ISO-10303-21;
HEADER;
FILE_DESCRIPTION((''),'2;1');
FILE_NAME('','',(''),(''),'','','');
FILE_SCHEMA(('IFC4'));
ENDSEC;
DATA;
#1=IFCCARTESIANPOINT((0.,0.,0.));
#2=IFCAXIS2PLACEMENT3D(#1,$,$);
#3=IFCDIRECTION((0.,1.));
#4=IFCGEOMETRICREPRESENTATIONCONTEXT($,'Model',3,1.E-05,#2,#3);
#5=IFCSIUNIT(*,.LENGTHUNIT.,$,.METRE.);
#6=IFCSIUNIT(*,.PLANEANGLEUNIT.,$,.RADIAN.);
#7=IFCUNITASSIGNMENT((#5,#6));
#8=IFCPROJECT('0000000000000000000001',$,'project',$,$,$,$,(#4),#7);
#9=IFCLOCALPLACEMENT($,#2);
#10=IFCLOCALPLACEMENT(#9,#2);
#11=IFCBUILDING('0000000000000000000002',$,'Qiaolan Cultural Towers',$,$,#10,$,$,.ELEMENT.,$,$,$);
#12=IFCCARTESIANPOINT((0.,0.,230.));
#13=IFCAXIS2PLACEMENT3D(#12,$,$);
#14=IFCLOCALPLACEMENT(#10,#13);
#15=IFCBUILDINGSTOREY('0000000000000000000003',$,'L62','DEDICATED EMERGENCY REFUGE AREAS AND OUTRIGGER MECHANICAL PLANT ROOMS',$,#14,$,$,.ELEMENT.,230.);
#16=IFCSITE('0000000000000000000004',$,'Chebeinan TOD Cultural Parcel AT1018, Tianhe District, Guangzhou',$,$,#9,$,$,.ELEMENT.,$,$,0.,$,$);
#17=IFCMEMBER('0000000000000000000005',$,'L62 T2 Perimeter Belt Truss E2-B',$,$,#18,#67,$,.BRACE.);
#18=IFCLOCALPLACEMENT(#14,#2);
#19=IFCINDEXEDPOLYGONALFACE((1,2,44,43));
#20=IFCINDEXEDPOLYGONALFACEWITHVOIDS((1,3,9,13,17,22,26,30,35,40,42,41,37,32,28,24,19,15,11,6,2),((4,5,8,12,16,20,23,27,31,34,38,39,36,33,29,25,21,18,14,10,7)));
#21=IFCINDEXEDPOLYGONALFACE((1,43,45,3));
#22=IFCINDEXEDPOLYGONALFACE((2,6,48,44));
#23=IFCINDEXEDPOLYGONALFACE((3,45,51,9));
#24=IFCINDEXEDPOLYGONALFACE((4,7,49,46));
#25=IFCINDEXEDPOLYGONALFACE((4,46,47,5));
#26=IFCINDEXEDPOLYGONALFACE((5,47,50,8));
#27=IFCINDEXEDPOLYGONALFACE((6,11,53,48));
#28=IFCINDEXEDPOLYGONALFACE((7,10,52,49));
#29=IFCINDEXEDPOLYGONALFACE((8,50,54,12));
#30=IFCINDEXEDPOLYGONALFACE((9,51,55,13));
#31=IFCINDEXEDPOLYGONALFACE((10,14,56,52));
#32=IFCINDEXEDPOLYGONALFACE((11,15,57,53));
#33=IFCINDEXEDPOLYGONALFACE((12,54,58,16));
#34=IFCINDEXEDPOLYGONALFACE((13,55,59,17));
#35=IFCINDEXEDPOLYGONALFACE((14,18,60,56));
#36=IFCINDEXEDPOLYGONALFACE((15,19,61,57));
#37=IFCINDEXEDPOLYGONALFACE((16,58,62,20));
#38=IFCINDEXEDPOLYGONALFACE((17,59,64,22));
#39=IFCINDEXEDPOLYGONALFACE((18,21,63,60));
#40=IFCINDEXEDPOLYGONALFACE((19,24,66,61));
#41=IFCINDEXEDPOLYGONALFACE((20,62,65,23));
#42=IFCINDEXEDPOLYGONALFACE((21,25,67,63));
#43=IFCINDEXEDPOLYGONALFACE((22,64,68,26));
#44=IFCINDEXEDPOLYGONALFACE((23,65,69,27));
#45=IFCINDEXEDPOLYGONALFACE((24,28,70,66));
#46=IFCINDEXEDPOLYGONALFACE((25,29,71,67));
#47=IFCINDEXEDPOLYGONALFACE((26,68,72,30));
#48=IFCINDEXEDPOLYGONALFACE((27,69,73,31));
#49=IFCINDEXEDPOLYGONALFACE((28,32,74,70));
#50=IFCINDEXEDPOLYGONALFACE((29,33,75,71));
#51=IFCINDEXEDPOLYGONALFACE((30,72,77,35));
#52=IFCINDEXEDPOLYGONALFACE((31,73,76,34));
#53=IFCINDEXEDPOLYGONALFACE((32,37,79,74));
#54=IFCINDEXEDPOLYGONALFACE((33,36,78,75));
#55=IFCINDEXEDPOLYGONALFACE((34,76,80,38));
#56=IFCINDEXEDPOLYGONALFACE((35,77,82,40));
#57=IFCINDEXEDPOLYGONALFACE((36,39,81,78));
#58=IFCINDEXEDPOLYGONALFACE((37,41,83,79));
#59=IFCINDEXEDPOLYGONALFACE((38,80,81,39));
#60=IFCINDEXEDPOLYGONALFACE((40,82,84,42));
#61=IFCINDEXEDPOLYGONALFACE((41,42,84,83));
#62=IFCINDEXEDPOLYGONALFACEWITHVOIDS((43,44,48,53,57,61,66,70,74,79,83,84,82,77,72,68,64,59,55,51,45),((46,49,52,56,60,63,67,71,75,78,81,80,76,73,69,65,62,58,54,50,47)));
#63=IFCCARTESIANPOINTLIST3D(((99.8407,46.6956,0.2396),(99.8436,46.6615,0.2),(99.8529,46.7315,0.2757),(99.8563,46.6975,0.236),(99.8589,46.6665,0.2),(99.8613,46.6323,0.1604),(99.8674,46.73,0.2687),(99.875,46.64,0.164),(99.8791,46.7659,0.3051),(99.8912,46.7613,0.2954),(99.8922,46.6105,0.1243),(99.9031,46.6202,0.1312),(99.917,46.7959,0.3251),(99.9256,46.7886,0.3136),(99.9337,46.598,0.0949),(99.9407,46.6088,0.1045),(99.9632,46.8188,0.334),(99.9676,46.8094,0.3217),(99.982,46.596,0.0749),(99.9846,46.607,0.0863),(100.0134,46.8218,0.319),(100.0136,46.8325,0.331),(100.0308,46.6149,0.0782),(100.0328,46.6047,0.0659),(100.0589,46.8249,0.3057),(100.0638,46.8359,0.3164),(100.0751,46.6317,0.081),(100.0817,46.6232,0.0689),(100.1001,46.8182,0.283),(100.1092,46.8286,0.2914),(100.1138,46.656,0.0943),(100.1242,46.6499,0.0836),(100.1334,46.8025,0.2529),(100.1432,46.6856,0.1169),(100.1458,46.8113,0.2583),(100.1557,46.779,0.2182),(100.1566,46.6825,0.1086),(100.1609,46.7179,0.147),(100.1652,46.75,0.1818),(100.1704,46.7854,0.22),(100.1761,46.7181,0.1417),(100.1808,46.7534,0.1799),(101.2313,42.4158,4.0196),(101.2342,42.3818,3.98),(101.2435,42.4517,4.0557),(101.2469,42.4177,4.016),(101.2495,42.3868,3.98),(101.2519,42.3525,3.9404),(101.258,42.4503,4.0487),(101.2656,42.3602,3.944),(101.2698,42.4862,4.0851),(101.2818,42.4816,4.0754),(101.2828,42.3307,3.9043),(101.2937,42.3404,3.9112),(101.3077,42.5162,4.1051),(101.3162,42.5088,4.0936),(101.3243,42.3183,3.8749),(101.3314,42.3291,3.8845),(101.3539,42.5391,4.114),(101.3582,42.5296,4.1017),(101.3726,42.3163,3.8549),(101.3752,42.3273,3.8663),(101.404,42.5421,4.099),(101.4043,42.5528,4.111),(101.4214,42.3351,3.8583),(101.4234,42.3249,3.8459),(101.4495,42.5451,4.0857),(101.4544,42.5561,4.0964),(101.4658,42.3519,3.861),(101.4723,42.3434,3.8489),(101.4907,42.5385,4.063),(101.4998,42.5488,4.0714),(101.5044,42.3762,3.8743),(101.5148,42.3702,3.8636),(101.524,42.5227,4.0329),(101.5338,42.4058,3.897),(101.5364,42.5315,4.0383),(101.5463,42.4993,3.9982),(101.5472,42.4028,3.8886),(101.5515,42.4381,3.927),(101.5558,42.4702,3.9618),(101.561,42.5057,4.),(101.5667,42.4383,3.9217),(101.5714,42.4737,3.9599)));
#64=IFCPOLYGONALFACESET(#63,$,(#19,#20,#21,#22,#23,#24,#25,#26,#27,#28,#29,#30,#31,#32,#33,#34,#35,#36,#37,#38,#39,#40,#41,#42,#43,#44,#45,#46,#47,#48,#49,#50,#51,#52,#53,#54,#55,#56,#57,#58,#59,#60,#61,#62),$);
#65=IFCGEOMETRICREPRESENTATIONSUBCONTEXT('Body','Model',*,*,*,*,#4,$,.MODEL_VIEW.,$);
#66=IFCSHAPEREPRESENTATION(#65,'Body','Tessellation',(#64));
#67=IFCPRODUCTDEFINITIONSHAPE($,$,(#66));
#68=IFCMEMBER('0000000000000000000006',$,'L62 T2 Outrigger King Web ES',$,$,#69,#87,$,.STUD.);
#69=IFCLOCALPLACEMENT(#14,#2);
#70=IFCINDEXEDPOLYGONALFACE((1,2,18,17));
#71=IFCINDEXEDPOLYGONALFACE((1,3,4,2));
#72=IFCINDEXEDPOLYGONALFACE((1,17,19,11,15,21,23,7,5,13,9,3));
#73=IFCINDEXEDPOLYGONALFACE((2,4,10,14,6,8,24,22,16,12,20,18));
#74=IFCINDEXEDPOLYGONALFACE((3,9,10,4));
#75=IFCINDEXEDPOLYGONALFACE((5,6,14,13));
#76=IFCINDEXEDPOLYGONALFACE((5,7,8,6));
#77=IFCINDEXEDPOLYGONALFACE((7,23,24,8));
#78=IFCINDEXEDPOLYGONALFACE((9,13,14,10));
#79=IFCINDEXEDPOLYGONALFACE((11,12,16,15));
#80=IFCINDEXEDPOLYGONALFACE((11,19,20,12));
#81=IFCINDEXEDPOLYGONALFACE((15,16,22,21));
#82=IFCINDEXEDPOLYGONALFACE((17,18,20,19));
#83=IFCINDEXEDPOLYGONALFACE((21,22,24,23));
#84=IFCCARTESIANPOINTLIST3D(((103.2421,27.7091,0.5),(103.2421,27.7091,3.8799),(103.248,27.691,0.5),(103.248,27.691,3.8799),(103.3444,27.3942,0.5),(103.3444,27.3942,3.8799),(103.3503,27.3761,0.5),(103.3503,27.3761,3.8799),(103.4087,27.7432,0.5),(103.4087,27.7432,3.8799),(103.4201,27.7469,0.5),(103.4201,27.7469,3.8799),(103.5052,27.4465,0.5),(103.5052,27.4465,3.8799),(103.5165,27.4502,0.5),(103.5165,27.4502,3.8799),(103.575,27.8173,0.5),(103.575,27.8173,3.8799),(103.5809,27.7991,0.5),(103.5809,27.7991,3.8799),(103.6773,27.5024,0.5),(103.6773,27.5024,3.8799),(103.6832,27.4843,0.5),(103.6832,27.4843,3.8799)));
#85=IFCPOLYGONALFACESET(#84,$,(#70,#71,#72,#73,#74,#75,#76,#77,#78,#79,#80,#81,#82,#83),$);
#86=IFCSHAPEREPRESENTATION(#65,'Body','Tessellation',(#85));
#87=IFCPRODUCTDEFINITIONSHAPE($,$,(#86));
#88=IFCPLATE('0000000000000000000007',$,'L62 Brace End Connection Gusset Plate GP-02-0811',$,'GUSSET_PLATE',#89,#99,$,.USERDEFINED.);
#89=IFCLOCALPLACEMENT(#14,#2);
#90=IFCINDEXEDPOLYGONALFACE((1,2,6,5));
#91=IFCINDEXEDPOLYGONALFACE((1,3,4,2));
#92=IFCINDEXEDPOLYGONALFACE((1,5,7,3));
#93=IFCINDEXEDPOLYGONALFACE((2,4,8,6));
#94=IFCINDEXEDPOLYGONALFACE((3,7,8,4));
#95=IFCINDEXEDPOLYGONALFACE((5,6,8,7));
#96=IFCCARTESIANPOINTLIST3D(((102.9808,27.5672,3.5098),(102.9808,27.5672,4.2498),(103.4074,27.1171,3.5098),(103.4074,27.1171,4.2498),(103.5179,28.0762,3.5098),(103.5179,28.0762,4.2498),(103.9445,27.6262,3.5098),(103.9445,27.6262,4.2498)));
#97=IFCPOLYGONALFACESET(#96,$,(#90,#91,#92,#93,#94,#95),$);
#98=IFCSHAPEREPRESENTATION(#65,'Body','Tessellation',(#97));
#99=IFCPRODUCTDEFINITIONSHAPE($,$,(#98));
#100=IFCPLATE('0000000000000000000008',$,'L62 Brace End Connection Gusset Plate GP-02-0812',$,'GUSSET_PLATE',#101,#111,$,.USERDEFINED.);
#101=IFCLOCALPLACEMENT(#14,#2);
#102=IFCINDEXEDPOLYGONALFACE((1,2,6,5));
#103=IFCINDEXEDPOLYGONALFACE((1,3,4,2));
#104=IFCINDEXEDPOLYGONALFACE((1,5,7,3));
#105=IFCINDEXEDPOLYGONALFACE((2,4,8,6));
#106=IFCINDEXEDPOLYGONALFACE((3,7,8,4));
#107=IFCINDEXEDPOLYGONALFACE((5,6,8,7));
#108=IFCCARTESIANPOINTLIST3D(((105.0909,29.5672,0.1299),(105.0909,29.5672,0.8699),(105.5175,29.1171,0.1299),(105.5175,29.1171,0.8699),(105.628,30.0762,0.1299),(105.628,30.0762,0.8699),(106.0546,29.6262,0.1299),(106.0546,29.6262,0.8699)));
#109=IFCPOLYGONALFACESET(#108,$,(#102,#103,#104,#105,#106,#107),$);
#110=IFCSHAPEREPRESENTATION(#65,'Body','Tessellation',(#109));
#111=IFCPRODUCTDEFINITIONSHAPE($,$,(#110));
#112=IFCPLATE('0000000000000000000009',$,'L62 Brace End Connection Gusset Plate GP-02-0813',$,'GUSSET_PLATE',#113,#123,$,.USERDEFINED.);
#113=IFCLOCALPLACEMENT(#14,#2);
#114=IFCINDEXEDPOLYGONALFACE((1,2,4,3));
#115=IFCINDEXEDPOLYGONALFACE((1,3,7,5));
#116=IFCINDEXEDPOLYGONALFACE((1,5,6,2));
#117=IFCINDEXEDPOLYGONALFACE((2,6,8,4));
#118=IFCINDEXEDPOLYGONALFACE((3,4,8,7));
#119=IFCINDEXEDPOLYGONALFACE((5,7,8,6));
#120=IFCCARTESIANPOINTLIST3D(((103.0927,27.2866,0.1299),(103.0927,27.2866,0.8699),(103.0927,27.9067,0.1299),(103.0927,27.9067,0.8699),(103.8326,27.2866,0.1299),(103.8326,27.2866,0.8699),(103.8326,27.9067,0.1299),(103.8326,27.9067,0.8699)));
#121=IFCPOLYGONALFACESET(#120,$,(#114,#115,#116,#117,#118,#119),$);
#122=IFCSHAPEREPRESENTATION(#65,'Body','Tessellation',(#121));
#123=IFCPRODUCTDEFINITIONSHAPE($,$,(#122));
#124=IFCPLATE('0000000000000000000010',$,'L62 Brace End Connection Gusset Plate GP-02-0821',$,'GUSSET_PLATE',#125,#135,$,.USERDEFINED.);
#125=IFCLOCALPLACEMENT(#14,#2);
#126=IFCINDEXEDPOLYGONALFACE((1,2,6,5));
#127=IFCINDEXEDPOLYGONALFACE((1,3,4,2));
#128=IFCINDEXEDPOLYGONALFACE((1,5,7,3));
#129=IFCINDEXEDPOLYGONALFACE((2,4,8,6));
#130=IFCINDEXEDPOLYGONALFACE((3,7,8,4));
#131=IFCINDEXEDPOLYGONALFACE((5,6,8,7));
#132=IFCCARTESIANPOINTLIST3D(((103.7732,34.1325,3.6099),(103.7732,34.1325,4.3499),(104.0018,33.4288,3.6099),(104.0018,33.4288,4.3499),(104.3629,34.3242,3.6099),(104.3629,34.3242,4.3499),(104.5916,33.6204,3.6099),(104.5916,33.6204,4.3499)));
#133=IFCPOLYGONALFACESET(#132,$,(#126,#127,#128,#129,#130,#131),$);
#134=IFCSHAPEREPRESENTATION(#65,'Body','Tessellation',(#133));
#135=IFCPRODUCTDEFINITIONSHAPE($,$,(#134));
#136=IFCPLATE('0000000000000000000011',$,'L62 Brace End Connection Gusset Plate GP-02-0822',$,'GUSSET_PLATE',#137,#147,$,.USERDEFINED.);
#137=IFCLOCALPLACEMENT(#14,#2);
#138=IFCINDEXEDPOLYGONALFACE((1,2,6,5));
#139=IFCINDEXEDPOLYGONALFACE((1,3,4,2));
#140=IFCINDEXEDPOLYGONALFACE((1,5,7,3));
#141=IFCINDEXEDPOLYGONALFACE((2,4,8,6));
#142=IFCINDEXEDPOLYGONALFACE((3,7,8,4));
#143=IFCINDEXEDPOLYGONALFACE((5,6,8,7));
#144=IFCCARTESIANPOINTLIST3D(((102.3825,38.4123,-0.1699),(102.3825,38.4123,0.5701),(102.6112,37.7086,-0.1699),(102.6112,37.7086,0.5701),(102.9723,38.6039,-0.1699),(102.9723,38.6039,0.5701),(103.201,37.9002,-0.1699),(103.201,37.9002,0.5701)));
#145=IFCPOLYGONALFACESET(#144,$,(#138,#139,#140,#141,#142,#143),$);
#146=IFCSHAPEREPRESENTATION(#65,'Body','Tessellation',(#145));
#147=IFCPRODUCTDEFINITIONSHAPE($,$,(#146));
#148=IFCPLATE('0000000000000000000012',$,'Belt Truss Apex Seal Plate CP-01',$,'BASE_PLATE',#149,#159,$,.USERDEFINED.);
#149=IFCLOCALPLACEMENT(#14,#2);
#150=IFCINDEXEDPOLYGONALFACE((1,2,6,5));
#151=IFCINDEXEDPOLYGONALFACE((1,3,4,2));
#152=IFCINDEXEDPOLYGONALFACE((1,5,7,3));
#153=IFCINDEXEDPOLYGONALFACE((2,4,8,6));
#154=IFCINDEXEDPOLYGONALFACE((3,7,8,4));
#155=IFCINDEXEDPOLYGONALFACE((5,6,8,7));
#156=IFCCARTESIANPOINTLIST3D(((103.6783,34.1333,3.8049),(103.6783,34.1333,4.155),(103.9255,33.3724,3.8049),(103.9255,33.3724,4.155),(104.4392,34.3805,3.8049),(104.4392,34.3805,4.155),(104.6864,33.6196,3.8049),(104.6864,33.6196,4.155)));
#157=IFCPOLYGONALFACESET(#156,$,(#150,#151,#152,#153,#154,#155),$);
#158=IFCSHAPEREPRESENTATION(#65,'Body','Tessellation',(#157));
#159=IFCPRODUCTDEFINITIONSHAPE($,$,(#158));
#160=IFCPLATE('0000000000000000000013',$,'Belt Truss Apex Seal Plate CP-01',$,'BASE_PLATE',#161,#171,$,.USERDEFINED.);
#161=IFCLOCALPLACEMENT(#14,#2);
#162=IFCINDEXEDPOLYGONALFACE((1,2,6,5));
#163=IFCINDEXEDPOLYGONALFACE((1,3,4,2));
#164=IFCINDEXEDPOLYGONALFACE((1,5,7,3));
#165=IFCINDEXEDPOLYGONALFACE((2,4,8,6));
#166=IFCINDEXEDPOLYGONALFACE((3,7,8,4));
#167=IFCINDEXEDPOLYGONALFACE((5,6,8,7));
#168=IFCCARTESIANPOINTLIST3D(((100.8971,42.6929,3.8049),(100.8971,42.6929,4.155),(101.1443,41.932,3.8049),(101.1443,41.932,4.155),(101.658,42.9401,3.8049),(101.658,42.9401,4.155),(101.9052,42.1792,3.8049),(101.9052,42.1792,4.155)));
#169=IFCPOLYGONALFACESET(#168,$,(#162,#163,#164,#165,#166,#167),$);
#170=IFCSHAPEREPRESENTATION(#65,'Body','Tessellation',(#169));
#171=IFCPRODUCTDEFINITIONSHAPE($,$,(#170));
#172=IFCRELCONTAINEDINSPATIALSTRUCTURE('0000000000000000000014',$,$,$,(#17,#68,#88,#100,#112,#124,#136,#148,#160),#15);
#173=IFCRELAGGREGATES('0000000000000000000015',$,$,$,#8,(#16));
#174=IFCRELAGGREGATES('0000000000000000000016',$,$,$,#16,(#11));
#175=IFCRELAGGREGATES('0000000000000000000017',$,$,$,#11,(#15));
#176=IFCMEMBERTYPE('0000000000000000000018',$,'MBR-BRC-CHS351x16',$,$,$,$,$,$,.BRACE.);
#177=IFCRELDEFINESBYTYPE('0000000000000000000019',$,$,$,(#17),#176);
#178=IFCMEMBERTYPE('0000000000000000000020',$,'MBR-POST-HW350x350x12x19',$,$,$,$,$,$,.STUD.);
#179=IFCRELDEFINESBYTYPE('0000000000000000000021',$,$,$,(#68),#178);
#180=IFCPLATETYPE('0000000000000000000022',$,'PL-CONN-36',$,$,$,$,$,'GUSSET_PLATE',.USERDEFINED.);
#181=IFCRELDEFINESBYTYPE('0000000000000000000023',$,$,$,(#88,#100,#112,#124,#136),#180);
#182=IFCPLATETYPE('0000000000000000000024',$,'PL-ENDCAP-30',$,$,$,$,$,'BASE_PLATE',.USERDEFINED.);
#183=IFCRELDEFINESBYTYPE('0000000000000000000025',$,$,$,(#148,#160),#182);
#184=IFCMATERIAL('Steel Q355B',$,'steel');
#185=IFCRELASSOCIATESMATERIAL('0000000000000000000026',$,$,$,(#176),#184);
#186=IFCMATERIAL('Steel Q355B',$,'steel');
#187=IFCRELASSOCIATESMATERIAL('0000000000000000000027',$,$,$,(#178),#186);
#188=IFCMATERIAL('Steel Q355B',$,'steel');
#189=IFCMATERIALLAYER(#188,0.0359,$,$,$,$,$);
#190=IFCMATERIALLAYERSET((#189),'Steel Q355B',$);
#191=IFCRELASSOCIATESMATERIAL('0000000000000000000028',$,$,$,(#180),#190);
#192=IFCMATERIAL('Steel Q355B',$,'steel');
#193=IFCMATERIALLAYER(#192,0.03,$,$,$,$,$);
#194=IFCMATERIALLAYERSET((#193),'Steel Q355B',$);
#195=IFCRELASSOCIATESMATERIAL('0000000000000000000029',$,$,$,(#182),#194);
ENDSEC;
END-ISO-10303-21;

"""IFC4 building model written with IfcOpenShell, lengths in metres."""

from ifc_helpers import new_model, si_unit, direction, frame, origin, origin_2d, place, context, subcontext, project, spatial, rectangle, hollow_circle, i_section, extrude, material, layer, layer_set, material_profile, profile_set, type_object, element, save


model = new_model("IFC4")

# Units and contexts
model_context = context("Model", 3, precision=1e-05, world=origin(), true_north=direction((0.0, 1.0)))
body_context = subcontext(model_context, "Body", "Model", "MODEL_VIEW")
ifc_project = project(units=[si_unit("LENGTHUNIT", "METRE"), si_unit("PLANEANGLEUNIT", "RADIAN")], contexts=[model_context])

# Site, building, storey
site_placement = place(None, origin())
site = spatial("IfcSite", under=ifc_project, at=site_placement, Name="Chebeinan TOD Cultural Parcel AT1018, Tianhe District, Guangzhou", CompositionType="ELEMENT", RefElevation=0.0)
building_placement = place(site_placement, origin())
building = spatial("IfcBuilding", under=site, at=building_placement, Name="Qiaolan Cultural Towers", CompositionType="ELEMENT")
storey_placement = place(building_placement, frame((0.0, 0.0, 230.0)))
storey = spatial("IfcBuildingStorey", under=building, at=storey_placement, Name="L62", Description="DEDICATED EMERGENCY REFUGE AREAS AND OUTRIGGER MECHANICAL PLANT ROOMS", CompositionType="ELEMENT", Elevation=230.0)

# Members
ifc_material_1 = material(Name="Steel Q355B", Category="steel")
ifc_material_profile_1 = material_profile(ifc_material_1, hollow_circle(Radius=0.1755, WallThickness=0.0161, at=origin_2d()), Name="CHS351x16")
ifc_profile_set_1 = profile_set([ifc_material_profile_1], Name="Steel Q355B")
member_type_1 = type_object("IfcMemberType", Name="MBR-BRC-CHS351x16", PredefinedType="BRACE", material=ifc_profile_set_1)
for number, where, z_axis, x_axis, name in (
    (1, (101.4011, 42.436, 3.98), (-0.236622, 0.728227, -0.643191), (-0.951054, -0.309025, 0.0), "L62 T2 Perimeter Belt Truss E2-B"),
):
    element("IfcMember", number, at=place(storey_placement, frame(where, z_axis=z_axis, x_axis=x_axis)), inside=storey, type_object=member_type_1, Name=name, PredefinedType="BRACE", context=body_context, shape_type="SweptSolid", body=[
        extrude(hollow_circle(Radius=0.1755, WallThickness=0.0161, at=origin_2d()), origin(), (0.0, 0.0, 1.0), 5.877),
    ])
ifc_material_2 = material(Name="Steel Q355B", Category="steel")
ifc_material_profile_2 = material_profile(ifc_material_2, i_section(OverallWidth=0.3501, OverallDepth=0.3501, WebThickness=0.012, FlangeThickness=0.019, at=origin_2d()), Name="HW350x350x12x19")
ifc_profile_set_2 = profile_set([ifc_material_profile_2], Name="Steel Q355B")
member_type_2 = type_object("IfcMemberType", Name="MBR-POST-HW350x350x12x19", PredefinedType="STUD", material=ifc_profile_set_2)
member_1_placement = place(storey_placement, frame((103.4626, 27.5967, 0.5), z_axis=(0.0, 0.0, 1.0), x_axis=(0.951057, 0.309017, 0.0)))
element("IfcMember", 2, at=member_1_placement, inside=storey, type_object=member_type_2, Name="L62 T2 Outrigger King Web ES", PredefinedType="STUD", context=body_context, shape_type="SweptSolid", body=[
    extrude(i_section(OverallWidth=0.3501, OverallDepth=0.3501, WebThickness=0.012, FlangeThickness=0.019, at=origin_2d()), origin(), (0.0, 0.0, 1.0), 3.3799),
])

# Plates
ifc_material_3 = material(Name="Steel Q355B", Category="steel")
ifc_layer_1 = layer(ifc_material_3, 0.0359)
ifc_layer_set_1 = layer_set([ifc_layer_1], Name="Steel Q355B")
plate_type_1 = type_object("IfcPlateType", Name="PL-CONN-36", ElementType="GUSSET_PLATE", PredefinedType="USERDEFINED", material=ifc_layer_set_1)
for number, where, z_axis, x_axis, name in (
    (3, (103.4626, 27.5967, 3.5098), (0.0, 0.0, 1.0), (0.725815, 0.68789, 0.0), "L62 Brace End Connection Gusset Plate GP-02-0811"),
    (4, (105.5728, 29.5967, 0.1299), (0.0, 0.0, 1.0), (0.725815, 0.68789, 0.0), "L62 Brace End Connection Gusset Plate GP-02-0812"),
    (5, (103.4626, 27.5967, 0.1299), (0.0, 0.0, 1.0), (1.0, 0.0, 0.0), "L62 Brace End Connection Gusset Plate GP-02-0813"),
    (6, (104.1824, 33.8765, 3.6099), (0.0, 0.0, 1.0), (-0.309017, 0.951057, 0.0), "L62 Brace End Connection Gusset Plate GP-02-0821"),
    (7, (102.7917, 38.1562, -0.1699), (0.0, 0.0, 1.0), (-0.309017, 0.951057, 0.0), "L62 Brace End Connection Gusset Plate GP-02-0822"),
):
    element("IfcPlate", number, at=place(storey_placement, frame(where, z_axis=z_axis, x_axis=x_axis)), inside=storey, type_object=plate_type_1, Name=name, ObjectType="GUSSET_PLATE", PredefinedType="USERDEFINED", context=body_context, shape_type="SweptSolid", body=[
        extrude(rectangle(XDim=0.74, YDim=0.6201, at=origin_2d()), origin(), (0.0, 0.0, 1.0), 0.74),
    ])
ifc_material_4 = material(Name="Steel Q355B", Category="steel")
ifc_layer_2 = layer(ifc_material_4, 0.03)
ifc_layer_set_2 = layer_set([ifc_layer_2], Name="Steel Q355B")
plate_type_2 = type_object("IfcPlateType", Name="PL-ENDCAP-30", ElementType="BASE_PLATE", PredefinedType="USERDEFINED", material=ifc_layer_set_2)
for number, where, z_axis, x_axis, name in (
    (8, (104.1824, 33.8765, 3.8049), (0.0, 0.0, 1.0), (0.951057, 0.309017, 0.0), "Belt Truss Apex Seal Plate CP-01"),
    (9, (101.4011, 42.436, 3.8049), (0.0, 0.0, 1.0), (0.951057, 0.309017, 0.0), "Belt Truss Apex Seal Plate CP-01"),
):
    element("IfcPlate", number, at=place(storey_placement, frame(where, z_axis=z_axis, x_axis=x_axis)), inside=storey, type_object=plate_type_2, Name=name, ObjectType="BASE_PLATE", PredefinedType="USERDEFINED", context=body_context, shape_type="SweptSolid", body=[
        extrude(rectangle(XDim=0.8, YDim=0.8, at=origin_2d()), origin(), (0.0, 0.0, 1.0), 0.3501),
    ])

save(model, "model.ifc")
